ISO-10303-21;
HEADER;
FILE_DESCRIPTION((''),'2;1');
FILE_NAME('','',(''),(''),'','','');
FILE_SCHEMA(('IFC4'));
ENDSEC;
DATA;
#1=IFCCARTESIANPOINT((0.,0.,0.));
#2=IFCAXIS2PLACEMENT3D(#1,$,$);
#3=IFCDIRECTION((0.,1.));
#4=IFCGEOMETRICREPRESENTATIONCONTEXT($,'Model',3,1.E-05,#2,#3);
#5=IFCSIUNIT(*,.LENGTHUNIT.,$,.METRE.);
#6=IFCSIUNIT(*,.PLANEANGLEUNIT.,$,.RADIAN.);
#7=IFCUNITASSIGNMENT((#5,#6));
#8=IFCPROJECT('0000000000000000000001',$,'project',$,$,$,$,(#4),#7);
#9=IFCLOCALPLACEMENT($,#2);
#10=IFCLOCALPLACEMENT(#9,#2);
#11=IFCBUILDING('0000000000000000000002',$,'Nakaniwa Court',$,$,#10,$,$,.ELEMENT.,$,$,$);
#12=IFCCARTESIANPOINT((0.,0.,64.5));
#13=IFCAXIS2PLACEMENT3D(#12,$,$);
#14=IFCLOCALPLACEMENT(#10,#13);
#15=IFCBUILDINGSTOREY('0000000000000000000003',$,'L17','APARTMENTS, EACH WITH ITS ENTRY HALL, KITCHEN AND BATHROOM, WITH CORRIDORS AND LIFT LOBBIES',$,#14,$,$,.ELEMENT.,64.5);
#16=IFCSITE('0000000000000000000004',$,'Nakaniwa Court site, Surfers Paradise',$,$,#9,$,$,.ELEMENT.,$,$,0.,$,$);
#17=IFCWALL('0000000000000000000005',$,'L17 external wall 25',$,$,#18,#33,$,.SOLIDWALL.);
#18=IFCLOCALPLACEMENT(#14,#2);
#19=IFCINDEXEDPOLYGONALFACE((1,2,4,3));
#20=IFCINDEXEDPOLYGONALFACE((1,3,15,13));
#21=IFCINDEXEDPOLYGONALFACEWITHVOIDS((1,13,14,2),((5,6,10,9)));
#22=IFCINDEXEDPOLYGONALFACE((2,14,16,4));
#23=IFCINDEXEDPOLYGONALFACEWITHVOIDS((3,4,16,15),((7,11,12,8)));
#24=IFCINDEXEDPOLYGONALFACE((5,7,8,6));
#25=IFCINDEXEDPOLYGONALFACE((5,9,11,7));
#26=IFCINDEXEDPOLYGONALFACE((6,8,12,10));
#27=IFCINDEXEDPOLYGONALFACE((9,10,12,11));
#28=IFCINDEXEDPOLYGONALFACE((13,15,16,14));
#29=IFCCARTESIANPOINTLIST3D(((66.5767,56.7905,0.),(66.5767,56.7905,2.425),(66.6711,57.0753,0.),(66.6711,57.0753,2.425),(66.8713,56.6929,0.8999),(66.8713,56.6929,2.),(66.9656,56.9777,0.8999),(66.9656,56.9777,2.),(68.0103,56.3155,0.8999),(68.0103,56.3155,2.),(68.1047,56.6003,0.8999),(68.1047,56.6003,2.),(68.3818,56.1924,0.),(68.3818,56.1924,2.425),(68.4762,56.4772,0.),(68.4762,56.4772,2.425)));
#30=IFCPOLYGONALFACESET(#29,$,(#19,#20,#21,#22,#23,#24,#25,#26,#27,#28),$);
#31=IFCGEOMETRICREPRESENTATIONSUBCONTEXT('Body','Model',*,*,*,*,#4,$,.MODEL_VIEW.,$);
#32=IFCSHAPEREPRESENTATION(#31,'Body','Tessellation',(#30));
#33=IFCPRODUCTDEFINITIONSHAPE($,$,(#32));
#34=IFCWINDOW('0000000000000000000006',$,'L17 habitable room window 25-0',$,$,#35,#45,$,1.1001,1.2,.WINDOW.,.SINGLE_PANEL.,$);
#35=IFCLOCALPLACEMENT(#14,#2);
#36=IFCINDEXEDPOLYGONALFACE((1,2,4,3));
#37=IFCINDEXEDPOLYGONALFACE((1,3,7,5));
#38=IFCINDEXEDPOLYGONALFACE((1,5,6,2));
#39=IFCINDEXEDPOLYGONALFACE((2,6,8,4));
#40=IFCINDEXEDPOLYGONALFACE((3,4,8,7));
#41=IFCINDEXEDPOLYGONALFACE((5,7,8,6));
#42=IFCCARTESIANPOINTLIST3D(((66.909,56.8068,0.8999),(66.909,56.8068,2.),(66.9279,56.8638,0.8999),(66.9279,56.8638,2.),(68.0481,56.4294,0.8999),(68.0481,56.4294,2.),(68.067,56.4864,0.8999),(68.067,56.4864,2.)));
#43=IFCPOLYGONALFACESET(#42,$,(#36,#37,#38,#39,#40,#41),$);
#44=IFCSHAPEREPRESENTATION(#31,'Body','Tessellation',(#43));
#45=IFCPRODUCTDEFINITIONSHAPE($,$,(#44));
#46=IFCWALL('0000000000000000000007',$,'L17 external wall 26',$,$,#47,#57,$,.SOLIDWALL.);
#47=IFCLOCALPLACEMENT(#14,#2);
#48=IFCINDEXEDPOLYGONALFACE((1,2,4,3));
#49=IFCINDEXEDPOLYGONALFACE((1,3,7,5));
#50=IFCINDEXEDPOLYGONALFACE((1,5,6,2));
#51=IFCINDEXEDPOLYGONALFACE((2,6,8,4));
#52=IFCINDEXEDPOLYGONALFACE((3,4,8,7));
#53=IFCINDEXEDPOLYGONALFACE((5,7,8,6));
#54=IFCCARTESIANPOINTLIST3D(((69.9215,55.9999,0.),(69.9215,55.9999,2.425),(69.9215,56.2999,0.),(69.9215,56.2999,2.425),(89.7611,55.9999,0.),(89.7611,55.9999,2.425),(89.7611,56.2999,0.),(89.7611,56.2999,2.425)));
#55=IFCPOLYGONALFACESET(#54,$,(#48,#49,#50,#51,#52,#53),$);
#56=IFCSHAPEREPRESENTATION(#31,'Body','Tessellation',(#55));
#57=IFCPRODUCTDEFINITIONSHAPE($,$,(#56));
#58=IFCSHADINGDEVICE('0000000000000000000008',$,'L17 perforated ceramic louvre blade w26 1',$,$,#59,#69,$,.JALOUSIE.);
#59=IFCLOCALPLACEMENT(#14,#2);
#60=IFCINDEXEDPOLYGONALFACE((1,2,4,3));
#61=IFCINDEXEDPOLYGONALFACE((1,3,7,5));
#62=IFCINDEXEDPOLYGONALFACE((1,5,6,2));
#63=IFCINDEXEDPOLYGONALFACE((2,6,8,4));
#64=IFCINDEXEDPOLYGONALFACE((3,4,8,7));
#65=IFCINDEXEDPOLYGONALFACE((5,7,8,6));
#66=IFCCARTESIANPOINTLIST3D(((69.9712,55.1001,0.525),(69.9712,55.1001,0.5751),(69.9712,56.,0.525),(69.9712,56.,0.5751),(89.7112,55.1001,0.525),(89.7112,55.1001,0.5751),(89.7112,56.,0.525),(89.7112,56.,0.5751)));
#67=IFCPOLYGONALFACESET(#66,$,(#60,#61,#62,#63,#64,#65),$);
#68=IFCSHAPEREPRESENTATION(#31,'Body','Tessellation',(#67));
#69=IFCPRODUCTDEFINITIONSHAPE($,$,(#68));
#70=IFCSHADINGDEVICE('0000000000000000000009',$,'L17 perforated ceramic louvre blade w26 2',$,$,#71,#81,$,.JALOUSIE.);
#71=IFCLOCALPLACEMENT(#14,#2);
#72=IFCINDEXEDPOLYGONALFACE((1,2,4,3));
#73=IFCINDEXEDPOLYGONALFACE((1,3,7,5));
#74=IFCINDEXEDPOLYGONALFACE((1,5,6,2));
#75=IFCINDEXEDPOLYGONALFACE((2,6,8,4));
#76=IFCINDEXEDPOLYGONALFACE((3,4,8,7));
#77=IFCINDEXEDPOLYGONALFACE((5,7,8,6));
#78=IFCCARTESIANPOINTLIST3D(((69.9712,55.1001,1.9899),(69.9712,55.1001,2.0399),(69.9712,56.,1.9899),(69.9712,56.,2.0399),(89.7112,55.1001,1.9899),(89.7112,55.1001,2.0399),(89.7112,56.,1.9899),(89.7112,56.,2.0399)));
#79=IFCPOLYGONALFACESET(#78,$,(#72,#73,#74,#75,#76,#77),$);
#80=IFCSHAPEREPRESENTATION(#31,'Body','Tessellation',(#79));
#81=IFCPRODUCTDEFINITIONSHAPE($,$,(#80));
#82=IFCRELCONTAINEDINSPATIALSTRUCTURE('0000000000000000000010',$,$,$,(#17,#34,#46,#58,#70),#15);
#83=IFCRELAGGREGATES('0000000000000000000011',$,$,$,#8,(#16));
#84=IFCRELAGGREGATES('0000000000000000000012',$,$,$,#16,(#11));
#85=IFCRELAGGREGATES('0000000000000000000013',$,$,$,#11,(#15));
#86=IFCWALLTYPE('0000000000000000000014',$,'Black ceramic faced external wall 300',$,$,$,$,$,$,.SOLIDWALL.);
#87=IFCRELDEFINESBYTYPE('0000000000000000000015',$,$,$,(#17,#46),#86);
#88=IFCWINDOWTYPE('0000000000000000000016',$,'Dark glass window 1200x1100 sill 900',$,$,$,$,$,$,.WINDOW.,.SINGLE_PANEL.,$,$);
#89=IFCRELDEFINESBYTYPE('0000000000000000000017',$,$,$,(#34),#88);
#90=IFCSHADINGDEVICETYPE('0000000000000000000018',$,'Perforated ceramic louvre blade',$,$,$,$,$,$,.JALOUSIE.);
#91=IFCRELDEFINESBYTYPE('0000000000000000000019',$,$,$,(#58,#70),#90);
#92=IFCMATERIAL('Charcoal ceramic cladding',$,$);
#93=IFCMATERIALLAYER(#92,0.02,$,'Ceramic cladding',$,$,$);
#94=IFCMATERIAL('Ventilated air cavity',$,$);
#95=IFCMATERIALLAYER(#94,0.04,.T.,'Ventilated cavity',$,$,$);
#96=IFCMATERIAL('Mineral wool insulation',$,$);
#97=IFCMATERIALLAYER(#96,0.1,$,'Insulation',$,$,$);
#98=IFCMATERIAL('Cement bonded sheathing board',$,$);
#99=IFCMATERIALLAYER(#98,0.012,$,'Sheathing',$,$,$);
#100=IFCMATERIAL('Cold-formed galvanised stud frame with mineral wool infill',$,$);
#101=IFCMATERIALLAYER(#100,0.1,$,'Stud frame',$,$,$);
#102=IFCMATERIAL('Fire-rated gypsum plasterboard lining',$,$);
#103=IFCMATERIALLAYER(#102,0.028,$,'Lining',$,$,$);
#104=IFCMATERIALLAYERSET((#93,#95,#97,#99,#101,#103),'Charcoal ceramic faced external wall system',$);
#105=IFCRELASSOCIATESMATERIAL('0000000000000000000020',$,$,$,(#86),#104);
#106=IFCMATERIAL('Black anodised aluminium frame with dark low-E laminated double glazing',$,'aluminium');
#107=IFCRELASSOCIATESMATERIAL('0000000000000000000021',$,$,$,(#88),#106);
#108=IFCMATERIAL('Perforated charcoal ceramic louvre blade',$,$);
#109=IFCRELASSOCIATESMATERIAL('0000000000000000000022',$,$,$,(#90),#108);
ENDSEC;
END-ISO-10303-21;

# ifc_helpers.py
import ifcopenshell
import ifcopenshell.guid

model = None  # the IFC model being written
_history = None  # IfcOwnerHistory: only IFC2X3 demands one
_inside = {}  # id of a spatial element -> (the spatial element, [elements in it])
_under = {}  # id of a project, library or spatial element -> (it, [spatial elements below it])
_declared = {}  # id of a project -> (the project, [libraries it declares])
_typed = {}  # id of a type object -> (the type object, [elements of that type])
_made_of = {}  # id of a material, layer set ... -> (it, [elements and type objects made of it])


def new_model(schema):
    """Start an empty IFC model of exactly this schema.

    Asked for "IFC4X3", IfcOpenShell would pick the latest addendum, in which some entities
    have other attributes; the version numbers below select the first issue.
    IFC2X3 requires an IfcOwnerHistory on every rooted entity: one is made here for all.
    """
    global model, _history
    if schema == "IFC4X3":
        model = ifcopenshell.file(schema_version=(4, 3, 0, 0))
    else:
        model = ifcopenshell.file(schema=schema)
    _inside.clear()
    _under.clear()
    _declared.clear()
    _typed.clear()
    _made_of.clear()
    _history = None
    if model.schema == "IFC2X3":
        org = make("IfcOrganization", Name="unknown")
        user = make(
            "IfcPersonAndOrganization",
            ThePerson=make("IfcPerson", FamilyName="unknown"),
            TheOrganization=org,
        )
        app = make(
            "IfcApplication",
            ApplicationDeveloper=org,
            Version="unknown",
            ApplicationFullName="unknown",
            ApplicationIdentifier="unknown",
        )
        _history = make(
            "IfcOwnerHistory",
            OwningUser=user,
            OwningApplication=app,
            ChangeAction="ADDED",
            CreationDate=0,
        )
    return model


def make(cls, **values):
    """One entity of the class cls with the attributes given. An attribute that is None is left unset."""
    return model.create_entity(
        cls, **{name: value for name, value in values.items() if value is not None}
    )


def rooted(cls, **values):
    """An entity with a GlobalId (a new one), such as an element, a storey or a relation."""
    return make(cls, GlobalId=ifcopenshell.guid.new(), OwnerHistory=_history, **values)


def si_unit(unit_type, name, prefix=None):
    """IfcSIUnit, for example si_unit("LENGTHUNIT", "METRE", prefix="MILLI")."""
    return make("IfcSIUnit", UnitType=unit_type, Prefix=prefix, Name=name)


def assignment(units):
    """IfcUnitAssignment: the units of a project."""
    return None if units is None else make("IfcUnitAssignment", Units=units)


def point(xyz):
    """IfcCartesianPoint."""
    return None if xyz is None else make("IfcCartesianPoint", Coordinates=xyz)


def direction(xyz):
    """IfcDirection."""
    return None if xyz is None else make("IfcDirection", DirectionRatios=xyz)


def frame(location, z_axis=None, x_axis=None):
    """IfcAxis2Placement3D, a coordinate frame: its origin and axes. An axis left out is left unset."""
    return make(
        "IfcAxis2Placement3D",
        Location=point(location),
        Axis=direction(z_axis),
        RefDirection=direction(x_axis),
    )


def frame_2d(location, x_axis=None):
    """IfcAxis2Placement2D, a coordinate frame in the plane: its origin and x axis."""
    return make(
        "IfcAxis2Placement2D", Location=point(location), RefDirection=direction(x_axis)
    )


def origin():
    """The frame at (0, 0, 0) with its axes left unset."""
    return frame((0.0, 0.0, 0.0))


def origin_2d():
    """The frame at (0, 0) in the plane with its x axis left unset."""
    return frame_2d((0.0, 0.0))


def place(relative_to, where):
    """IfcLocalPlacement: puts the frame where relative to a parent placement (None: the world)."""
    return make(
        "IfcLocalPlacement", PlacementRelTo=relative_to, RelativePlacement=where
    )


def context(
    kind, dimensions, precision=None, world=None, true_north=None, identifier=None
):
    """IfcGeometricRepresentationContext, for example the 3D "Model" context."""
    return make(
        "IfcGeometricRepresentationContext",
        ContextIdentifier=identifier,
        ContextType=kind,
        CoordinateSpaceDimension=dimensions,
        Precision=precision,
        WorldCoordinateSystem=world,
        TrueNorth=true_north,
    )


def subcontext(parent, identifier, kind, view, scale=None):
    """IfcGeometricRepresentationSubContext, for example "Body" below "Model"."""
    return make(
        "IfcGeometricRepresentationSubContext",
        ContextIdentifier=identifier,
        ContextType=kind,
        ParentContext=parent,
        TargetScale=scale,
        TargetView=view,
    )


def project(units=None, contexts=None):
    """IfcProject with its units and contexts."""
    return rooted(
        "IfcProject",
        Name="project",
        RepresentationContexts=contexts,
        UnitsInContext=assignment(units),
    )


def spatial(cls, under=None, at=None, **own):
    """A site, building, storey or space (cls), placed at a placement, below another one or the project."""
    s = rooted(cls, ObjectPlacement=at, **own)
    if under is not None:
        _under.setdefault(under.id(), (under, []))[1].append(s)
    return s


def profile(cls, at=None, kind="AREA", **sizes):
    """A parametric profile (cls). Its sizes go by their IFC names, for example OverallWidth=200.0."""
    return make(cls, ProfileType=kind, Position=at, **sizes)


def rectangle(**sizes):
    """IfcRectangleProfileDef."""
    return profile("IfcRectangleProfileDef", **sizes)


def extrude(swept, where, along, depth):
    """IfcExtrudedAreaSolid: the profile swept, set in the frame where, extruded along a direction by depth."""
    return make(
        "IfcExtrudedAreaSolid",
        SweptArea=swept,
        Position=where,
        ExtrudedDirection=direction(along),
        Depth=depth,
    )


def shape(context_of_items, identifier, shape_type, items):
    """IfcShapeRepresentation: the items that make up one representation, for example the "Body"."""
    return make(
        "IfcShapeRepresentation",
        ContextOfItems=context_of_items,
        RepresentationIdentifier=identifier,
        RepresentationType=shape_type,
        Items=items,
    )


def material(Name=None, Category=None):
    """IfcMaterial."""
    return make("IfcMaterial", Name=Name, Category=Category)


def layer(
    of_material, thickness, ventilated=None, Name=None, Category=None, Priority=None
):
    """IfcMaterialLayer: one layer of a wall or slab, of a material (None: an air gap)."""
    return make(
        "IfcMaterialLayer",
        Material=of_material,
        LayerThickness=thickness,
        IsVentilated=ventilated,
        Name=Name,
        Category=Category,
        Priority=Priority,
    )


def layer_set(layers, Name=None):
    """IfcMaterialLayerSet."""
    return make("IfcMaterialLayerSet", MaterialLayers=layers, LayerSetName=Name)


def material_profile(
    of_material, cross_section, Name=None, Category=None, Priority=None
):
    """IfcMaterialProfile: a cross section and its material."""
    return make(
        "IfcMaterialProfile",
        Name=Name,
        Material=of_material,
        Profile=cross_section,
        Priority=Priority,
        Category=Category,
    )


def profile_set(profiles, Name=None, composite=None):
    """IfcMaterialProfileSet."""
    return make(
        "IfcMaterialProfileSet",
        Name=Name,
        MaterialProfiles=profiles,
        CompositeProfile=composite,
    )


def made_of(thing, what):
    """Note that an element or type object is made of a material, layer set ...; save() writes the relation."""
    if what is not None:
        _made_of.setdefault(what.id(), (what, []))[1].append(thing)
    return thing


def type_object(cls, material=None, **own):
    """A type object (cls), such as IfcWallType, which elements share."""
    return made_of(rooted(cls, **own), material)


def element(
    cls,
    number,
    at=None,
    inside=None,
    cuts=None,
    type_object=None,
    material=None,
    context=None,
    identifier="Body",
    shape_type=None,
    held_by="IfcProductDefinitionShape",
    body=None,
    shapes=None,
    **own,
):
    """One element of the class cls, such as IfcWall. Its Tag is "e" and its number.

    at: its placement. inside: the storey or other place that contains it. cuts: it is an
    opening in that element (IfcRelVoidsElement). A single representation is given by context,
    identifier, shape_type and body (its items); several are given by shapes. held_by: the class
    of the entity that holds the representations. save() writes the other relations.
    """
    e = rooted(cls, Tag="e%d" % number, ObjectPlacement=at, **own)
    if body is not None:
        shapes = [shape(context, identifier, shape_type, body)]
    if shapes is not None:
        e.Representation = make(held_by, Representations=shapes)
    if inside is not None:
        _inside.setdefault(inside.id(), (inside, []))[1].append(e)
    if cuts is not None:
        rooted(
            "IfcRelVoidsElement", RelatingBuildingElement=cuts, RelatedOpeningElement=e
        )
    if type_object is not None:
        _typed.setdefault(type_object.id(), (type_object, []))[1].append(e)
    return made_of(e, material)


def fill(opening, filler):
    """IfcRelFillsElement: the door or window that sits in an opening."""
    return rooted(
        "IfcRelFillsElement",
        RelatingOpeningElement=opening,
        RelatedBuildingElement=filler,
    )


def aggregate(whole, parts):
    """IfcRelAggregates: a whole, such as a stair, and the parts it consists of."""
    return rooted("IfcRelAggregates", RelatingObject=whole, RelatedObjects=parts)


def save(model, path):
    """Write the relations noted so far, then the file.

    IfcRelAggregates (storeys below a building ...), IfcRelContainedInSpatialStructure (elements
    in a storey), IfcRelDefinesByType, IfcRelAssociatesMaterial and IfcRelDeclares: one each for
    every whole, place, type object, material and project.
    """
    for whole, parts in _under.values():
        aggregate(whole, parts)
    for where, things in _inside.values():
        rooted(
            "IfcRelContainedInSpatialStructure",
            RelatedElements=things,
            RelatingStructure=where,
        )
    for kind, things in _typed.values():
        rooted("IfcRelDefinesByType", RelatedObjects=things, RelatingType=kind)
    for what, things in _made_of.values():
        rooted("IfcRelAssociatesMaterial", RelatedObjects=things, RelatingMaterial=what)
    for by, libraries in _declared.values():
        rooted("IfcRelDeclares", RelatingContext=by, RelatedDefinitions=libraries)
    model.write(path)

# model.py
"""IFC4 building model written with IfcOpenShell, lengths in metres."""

from ifc_helpers import new_model, si_unit, direction, frame, frame_2d, origin, origin_2d, place, context, subcontext, project, spatial, rectangle, extrude, material, layer, layer_set, material_profile, profile_set, type_object, element, fill, save


model = new_model("IFC4")

# Units and contexts
model_context = context("Model", 3, precision=1e-05, world=origin(), true_north=direction((0.0, 1.0)))
body_context = subcontext(model_context, "Body", "Model", "MODEL_VIEW")
ifc_project = project(units=[si_unit("LENGTHUNIT", "METRE"), si_unit("PLANEANGLEUNIT", "RADIAN")], contexts=[model_context])

# Site, building, storey
site_placement = place(None, origin())
site = spatial("IfcSite", under=ifc_project, at=site_placement, Name="Nakaniwa Court site, Surfers Paradise", CompositionType="ELEMENT", RefElevation=0.0)
building_placement = place(site_placement, origin())
building = spatial("IfcBuilding", under=site, at=building_placement, Name="Nakaniwa Court", CompositionType="ELEMENT")
storey_placement = place(building_placement, frame((0.0, 0.0, 64.5)))
storey = spatial("IfcBuildingStorey", under=building, at=storey_placement, Name="L17", Description="APARTMENTS, EACH WITH ITS ENTRY HALL, KITCHEN AND BATHROOM, WITH CORRIDORS AND LIFT LOBBIES", CompositionType="ELEMENT", Elevation=64.5)

# Wall, opening, window
ifc_material_1 = material(Name="Charcoal ceramic cladding")
ifc_layer_1 = layer(ifc_material_1, 0.02, Name="Ceramic cladding")
ifc_material_2 = material(Name="Ventilated air cavity")
ifc_layer_2 = layer(ifc_material_2, 0.04, ventilated=True, Name="Ventilated cavity")
ifc_material_3 = material(Name="Mineral wool insulation")
ifc_layer_3 = layer(ifc_material_3, 0.1, Name="Insulation")
ifc_material_4 = material(Name="Cement bonded sheathing board")
ifc_layer_4 = layer(ifc_material_4, 0.012, Name="Sheathing")
ifc_material_5 = material(Name="Cold-formed galvanised stud frame with mineral wool infill")
ifc_layer_5 = layer(ifc_material_5, 0.1, Name="Stud frame")
ifc_material_6 = material(Name="Fire-rated gypsum plasterboard lining")
ifc_layer_6 = layer(ifc_material_6, 0.028, Name="Lining")
ifc_layer_set_1 = layer_set([ifc_layer_1, ifc_layer_2, ifc_layer_3, ifc_layer_4, ifc_layer_5, ifc_layer_6], Name="Charcoal ceramic faced external wall system")
wall_type_1 = type_object("IfcWallType", Name="Black ceramic faced external wall 300", PredefinedType="SOLIDWALL", material=ifc_layer_set_1)
ifc_material_7 = material(Name="Black anodised aluminium frame with dark low-E laminated double glazing", Category="aluminium")
window_type_1 = type_object("IfcWindowType", Name="Dark glass window 1200x1100 sill 900", PartitioningType="SINGLE_PANEL", PredefinedType="WINDOW", material=ifc_material_7)
wall_1_placement = place(storey_placement, frame((66.624, 56.9329, 0.0), z_axis=(0.0, 0.0, 1.0), x_axis=(0.949247, -0.314533, 0.0)))
wall_1 = element("IfcWall", 1, at=wall_1_placement, inside=storey, type_object=wall_type_1, Name="L17 external wall 25", PredefinedType="SOLIDWALL", context=body_context, shape_type="SweptSolid", body=[
    extrude(rectangle(XDim=1.9016, YDim=0.3, at=frame_2d((0.9507, 0.0))), origin(), (0.0, 0.0, 1.0), 2.425),
])
opening_1_placement = place(wall_1_placement, frame((0.3101, 0.0, 0.8999)))
opening_1 = element("IfcOpeningElement", 2, at=opening_1_placement, cuts=wall_1, PredefinedType="OPENING", context=body_context, shape_type="SweptSolid", body=[
    extrude(rectangle(XDim=1.2, YDim=1.1001, at=frame_2d((0.6001, 0.55))), frame((0.0, 0.1599, 0.0), z_axis=(0.0, -1.0, 0.0), x_axis=(1.0, 0.0, 0.0)), (0.0, 0.0, 1.0), 0.3201),
])
window_1_placement = place(opening_1_placement, origin())
window_1 = element("IfcWindow", 3, at=window_1_placement, inside=storey, type_object=window_type_1, Name="L17 habitable room window 25-0", OverallHeight=1.1001, OverallWidth=1.2, PartitioningType="SINGLE_PANEL", PredefinedType="WINDOW", context=body_context, shape_type="SweptSolid", body=[
    extrude(rectangle(XDim=1.2, YDim=1.1001, at=frame_2d((0.6001, 0.55))), frame((0.0, 0.03, 0.0), z_axis=(0.0, -1.0, 0.0), x_axis=(1.0, 0.0, 0.0)), (0.0, 0.0, 1.0), 0.0601),
])
fill(opening_1, window_1)

# Wall
wall_2_placement = place(storey_placement, frame((69.9214, 56.1499, 0.0), z_axis=(0.0, 0.0, 1.0), x_axis=(1.0, 0.0, 0.0)))
element("IfcWall", 4, at=wall_2_placement, inside=storey, type_object=wall_type_1, Name="L17 external wall 26", PredefinedType="SOLIDWALL", context=body_context, shape_type="SweptSolid", body=[
    extrude(rectangle(XDim=19.8396, YDim=0.3, at=frame_2d((9.9199, 0.0))), origin(), (0.0, 0.0, 1.0), 2.425),
])

# Shading devices
ifc_material_8 = material(Name="Perforated charcoal ceramic louvre blade")
ifc_material_profile_1 = material_profile(ifc_material_8, rectangle(XDim=0.8999, YDim=0.05, at=origin_2d()), Name="Perforated ceramic louvre blade")
ifc_profile_set_1 = profile_set([ifc_material_profile_1], Name="Perforated charcoal ceramic louvre blade")
shading_device_type = type_object("IfcShadingDeviceType", Name="Perforated ceramic louvre blade", PredefinedType="JALOUSIE", material=ifc_profile_set_1)
for number, where, z_axis, x_axis, name in (
    (5, (69.9712, 55.55, 0.55), (1.0, 0.0, 0.0), (0.0, 1.0, 0.0), "L17 perforated ceramic louvre blade w26 1"),
    (6, (69.9712, 55.55, 2.0149), (1.0, 0.0, 0.0), (0.0, 1.0, 0.0), "L17 perforated ceramic louvre blade w26 2"),
):
    element("IfcShadingDevice", number, at=place(storey_placement, frame(where, z_axis=z_axis, x_axis=x_axis)), inside=storey, type_object=shading_device_type, Name=name, PredefinedType="JALOUSIE", context=body_context, shape_type="SweptSolid", body=[
        extrude(rectangle(XDim=0.8999, YDim=0.05, at=origin_2d()), origin(), (0.0, 0.0, 1.0), 19.74),
    ])

save(model, "model.ifc")
